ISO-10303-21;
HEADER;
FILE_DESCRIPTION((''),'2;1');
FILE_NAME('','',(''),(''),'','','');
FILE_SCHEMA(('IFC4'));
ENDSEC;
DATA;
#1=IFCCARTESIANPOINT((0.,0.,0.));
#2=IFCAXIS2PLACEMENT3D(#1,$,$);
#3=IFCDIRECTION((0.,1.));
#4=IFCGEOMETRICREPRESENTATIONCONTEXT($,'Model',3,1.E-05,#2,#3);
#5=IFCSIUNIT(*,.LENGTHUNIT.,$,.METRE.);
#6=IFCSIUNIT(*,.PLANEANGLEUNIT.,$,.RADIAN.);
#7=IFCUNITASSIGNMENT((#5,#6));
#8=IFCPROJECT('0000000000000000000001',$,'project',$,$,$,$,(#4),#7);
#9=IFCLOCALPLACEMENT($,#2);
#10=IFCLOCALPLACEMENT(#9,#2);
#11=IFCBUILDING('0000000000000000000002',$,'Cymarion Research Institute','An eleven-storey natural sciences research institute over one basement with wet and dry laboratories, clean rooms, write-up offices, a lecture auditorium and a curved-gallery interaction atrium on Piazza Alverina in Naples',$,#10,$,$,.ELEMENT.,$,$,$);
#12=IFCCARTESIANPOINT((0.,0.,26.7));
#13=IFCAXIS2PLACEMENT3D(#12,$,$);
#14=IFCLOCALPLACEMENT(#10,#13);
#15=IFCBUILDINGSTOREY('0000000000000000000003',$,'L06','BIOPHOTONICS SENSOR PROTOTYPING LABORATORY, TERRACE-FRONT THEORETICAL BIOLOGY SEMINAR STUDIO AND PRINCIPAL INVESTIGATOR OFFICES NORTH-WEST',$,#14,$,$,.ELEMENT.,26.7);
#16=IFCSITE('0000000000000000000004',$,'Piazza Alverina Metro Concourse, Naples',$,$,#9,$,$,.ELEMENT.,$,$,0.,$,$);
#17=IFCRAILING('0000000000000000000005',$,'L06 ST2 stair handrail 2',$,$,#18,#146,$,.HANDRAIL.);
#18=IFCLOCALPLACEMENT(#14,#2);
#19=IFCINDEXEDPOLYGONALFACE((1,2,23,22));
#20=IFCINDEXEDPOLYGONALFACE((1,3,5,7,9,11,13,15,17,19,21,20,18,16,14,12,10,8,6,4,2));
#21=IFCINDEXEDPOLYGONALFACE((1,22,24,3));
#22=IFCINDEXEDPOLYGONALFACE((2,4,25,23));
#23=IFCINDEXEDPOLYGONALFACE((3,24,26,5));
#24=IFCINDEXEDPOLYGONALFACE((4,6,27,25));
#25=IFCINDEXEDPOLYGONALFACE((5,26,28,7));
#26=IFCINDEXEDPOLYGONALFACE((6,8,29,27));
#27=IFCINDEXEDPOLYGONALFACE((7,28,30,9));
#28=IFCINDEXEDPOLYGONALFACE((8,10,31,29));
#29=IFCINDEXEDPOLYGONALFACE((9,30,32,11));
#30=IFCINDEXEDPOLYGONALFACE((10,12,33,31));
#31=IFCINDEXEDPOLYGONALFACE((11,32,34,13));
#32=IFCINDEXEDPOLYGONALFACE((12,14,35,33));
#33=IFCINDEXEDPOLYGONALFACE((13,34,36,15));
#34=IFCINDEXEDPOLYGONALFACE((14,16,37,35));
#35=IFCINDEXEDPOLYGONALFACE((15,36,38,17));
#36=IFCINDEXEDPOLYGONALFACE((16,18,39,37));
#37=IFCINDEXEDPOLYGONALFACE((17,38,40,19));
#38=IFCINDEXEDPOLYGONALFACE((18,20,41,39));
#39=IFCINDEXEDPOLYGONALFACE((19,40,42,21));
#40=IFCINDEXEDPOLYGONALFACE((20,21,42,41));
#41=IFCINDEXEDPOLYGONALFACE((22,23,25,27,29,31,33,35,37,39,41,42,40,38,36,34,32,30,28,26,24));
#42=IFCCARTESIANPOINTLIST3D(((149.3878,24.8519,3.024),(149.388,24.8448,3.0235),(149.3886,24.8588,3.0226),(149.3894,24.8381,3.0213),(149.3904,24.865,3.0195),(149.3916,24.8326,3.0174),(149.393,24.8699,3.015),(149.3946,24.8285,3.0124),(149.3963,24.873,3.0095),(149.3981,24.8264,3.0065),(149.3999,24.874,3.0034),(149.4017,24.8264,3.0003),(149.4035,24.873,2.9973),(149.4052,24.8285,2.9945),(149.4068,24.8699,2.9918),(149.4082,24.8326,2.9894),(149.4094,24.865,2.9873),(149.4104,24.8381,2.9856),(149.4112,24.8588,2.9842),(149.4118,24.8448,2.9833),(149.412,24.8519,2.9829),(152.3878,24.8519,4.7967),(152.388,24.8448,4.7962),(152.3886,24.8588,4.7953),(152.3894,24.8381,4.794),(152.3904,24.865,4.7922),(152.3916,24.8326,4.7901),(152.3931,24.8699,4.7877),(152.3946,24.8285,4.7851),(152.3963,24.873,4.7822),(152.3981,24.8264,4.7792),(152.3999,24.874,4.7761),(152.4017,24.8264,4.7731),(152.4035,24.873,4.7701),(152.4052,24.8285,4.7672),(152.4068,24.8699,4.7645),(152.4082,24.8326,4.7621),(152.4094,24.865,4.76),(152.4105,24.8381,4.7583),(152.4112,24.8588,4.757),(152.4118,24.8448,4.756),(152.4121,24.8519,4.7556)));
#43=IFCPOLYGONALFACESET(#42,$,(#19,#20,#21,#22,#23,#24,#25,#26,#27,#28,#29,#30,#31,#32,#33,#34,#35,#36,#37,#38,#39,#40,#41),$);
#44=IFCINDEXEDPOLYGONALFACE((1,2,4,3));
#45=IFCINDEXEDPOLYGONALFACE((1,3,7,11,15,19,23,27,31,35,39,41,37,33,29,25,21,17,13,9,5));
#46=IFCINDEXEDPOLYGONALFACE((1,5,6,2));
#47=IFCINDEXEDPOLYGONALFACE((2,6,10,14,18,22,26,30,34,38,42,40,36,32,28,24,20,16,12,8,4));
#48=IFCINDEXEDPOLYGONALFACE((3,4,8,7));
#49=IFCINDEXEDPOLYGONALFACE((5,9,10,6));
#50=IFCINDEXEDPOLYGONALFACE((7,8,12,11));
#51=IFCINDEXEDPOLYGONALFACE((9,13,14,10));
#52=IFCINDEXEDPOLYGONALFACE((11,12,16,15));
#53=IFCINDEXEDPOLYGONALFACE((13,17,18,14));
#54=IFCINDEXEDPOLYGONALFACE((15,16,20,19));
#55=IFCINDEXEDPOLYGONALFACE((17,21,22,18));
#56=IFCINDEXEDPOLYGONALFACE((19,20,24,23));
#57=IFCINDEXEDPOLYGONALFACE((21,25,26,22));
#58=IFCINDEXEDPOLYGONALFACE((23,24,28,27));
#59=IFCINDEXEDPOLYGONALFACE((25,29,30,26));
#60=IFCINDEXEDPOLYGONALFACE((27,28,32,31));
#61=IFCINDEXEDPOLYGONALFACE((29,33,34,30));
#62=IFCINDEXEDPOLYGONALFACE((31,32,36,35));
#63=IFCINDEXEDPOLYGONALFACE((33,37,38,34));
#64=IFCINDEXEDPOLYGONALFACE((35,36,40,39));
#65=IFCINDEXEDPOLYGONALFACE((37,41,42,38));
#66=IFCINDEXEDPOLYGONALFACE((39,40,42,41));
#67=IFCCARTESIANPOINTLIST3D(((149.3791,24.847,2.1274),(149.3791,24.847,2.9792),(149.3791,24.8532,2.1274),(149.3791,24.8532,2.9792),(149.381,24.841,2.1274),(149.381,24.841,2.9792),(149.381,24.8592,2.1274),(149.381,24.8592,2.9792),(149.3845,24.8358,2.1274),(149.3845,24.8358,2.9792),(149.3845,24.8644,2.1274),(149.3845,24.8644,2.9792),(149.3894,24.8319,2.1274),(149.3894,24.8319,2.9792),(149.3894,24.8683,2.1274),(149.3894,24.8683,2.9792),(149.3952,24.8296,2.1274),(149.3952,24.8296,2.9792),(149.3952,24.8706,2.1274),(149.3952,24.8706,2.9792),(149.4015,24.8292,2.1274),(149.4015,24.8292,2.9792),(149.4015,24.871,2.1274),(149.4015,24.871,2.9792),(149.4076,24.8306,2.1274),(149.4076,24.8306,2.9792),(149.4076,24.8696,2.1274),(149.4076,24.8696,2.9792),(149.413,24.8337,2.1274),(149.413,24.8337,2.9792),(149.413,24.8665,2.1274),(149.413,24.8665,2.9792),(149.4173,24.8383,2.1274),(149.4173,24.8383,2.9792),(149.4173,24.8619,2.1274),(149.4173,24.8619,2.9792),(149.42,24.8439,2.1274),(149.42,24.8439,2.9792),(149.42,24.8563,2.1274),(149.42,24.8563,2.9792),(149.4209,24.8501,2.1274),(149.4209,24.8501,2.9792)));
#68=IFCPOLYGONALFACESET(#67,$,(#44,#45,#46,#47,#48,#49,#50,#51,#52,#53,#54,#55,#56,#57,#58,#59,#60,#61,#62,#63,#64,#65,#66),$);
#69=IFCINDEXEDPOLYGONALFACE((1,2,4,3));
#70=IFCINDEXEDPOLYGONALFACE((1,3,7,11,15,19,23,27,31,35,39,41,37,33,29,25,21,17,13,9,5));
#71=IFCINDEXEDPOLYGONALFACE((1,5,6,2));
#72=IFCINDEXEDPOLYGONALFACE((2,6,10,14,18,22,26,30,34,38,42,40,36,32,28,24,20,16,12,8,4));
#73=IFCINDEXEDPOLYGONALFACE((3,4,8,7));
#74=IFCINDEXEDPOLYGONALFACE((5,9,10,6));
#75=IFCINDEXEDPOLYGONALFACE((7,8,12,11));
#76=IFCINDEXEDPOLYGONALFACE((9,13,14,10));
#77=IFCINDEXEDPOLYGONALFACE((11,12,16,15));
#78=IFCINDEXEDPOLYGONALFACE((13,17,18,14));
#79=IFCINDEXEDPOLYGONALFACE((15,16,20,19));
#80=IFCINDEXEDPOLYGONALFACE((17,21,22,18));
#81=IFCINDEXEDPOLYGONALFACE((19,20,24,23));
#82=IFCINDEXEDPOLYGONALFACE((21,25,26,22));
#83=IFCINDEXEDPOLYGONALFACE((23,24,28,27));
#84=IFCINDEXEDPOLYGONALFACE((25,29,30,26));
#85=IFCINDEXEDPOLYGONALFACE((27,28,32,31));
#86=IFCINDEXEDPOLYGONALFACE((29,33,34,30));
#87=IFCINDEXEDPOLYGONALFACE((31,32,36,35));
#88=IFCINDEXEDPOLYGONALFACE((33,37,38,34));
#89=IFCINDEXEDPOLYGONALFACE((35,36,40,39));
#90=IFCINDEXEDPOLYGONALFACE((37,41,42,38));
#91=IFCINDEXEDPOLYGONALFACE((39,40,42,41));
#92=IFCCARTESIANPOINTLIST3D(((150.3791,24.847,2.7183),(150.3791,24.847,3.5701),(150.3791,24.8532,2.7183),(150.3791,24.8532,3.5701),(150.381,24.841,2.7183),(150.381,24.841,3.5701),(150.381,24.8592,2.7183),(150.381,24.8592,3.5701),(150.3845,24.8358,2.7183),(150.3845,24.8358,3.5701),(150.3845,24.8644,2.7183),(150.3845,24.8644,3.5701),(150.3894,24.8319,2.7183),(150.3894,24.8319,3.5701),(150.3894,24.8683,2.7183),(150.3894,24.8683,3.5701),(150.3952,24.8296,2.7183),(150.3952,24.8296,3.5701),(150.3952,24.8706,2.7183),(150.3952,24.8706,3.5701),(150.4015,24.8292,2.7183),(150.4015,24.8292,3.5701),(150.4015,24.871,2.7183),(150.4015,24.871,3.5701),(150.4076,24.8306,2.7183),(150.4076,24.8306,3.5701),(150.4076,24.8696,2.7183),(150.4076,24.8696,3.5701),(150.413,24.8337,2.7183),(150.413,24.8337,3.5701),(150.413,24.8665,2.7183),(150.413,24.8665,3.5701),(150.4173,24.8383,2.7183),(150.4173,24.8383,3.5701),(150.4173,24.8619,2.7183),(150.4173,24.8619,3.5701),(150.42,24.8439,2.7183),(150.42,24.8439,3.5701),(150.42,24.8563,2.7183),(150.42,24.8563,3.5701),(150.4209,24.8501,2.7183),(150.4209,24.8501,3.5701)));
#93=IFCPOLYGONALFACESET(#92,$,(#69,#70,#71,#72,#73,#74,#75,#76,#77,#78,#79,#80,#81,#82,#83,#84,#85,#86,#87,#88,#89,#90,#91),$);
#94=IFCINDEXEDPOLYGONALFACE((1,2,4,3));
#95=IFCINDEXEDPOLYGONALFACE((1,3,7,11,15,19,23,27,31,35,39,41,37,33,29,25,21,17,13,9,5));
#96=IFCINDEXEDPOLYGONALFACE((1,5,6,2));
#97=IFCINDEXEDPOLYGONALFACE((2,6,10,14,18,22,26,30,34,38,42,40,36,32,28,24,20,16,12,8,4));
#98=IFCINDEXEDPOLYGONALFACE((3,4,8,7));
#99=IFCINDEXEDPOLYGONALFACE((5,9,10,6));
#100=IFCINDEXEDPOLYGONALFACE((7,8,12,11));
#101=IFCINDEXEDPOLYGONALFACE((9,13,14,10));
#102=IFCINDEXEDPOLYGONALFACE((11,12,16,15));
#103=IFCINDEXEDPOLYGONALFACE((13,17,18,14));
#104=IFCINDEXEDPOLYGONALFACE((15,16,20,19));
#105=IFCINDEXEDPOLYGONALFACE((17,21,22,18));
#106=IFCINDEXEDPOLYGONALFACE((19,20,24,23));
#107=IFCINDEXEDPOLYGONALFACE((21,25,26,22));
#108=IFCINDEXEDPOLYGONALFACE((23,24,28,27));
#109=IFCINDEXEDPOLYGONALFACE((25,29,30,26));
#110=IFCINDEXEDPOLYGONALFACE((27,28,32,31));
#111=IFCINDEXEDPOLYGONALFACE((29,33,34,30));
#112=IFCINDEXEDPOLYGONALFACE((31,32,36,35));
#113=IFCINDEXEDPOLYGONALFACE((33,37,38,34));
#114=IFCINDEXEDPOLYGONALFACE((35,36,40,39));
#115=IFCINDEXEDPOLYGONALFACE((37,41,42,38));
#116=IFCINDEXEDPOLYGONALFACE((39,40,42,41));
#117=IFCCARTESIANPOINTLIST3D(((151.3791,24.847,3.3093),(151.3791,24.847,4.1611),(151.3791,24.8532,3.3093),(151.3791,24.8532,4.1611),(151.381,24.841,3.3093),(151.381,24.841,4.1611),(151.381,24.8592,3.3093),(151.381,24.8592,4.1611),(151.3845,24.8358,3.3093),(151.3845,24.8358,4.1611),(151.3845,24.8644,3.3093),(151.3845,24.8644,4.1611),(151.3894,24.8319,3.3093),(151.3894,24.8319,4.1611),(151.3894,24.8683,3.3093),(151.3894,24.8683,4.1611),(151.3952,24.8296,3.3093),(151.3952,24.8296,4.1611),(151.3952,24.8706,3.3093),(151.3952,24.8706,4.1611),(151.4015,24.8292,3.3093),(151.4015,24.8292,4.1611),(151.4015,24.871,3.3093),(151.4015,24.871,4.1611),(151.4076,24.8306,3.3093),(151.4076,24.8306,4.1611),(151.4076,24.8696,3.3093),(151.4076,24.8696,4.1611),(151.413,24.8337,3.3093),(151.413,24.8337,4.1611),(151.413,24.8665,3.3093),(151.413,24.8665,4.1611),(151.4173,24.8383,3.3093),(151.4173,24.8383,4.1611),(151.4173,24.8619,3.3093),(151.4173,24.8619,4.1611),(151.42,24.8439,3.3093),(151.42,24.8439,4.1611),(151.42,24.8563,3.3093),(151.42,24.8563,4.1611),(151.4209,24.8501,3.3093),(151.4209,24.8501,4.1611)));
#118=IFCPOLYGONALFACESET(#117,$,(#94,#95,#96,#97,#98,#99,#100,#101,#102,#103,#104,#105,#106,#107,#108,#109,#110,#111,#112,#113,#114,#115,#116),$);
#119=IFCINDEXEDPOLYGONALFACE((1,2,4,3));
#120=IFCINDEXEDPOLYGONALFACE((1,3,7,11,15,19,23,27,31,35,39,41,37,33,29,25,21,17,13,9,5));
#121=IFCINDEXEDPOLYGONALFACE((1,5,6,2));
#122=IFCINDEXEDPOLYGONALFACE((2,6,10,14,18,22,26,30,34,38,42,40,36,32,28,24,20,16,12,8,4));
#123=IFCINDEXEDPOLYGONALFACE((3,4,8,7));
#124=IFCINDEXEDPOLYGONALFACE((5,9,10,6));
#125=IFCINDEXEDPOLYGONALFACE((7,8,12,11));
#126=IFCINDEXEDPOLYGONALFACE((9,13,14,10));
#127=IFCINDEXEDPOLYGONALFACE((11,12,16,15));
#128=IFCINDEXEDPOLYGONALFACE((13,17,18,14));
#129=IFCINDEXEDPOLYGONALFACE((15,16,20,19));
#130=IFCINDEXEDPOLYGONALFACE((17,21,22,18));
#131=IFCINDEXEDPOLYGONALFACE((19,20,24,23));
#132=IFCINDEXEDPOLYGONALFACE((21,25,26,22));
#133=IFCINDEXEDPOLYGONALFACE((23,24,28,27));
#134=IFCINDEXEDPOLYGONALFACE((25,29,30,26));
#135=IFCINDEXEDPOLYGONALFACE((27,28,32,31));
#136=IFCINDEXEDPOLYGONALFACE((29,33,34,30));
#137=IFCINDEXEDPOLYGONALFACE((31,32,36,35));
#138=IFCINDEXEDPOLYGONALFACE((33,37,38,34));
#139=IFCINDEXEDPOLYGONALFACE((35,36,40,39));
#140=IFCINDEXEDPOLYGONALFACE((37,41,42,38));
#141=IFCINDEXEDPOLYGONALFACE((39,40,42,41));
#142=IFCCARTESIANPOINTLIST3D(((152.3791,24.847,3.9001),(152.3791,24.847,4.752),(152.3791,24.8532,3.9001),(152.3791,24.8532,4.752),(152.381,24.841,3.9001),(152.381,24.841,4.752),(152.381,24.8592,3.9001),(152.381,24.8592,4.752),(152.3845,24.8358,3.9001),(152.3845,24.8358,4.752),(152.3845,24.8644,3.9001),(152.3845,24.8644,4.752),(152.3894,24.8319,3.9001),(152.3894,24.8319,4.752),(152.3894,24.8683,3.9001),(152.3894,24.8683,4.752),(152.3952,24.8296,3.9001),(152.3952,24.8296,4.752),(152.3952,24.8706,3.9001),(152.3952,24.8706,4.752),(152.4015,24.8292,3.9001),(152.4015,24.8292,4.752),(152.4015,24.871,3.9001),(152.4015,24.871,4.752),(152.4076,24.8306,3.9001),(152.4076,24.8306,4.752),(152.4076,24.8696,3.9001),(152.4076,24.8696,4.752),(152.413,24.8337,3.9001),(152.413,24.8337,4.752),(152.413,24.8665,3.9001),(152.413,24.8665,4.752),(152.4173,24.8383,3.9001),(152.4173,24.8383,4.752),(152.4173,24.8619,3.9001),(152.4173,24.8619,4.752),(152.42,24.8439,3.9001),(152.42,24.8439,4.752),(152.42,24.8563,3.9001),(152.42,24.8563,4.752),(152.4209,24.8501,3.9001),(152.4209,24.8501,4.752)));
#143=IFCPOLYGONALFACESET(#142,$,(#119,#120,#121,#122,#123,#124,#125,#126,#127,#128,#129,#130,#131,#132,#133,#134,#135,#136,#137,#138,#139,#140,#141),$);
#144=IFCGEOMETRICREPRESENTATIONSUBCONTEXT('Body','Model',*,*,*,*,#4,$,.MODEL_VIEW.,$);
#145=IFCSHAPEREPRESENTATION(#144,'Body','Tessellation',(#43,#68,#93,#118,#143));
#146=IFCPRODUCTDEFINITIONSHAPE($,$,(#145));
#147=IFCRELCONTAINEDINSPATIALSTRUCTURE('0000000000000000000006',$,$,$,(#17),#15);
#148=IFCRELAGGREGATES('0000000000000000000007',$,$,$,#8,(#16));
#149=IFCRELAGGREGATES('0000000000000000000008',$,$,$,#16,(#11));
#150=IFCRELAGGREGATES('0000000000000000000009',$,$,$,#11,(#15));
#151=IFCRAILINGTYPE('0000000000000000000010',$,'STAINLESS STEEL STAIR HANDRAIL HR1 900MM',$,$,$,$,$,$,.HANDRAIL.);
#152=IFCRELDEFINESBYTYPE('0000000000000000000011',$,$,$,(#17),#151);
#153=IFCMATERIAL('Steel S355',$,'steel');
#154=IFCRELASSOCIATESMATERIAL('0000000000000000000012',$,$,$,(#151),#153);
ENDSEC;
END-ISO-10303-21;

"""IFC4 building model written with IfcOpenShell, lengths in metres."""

from ifc_helpers import new_model, si_unit, direction, frame, origin, origin_2d, place, context, subcontext, project, spatial, circle, extrude, material, type_object, element, save


model = new_model("IFC4")

# Units and contexts
model_context = context("Model", 3, precision=1e-05, world=origin(), true_north=direction((0.0, 1.0)))
body_context = subcontext(model_context, "Body", "Model", "MODEL_VIEW")
ifc_project = project(units=[si_unit("LENGTHUNIT", "METRE"), si_unit("PLANEANGLEUNIT", "RADIAN")], contexts=[model_context])

# Site, building, storey
site_placement = place(None, origin())
site = spatial("IfcSite", under=ifc_project, at=site_placement, Name="Piazza Alverina Metro Concourse, Naples", CompositionType="ELEMENT", RefElevation=0.0)
building_placement = place(site_placement, origin())
building = spatial("IfcBuilding", under=site, at=building_placement, Name="Cymarion Research Institute", Description="An eleven-storey natural sciences research institute over one basement with wet and dry laboratories, clean rooms, write-up offices, a lecture auditorium and a curved-gallery interaction atrium on Piazza Alverina in Naples", CompositionType="ELEMENT")
storey_placement = place(building_placement, frame((0.0, 0.0, 26.7)))
storey = spatial("IfcBuildingStorey", under=building, at=storey_placement, Name="L06", Description="BIOPHOTONICS SENSOR PROTOTYPING LABORATORY, TERRACE-FRONT THEORETICAL BIOLOGY SEMINAR STUDIO AND PRINCIPAL INVESTIGATOR OFFICES NORTH-WEST", CompositionType="ELEMENT", Elevation=26.7)

# Shared definitions
ifc_material_1 = material(Name="Steel S355", Category="steel")

# Railing
railing_type = type_object("IfcRailingType", Name="STAINLESS STEEL STAIR HANDRAIL HR1 900MM", PredefinedType="HANDRAIL", material=ifc_material_1)
railing_placement = place(storey_placement, frame((149.3999, 24.8501, 2.1274)))
element("IfcRailing", 1, at=railing_placement, inside=storey, type_object=railing_type, Name="L06 ST2 stair handrail 2", PredefinedType="HANDRAIL", context=body_context, shape_type="SweptSolid", body=[
    extrude(circle(Radius=0.0239, at=origin_2d()), frame((0.0, 0.0, 0.876), z_axis=(0.860929, 0.0, 0.508725), x_axis=(0.0, 1.0, 0.0)), (0.0, 0.0, 1.0), 3.4846),
    extrude(circle(Radius=0.021, at=origin_2d()), origin(), (0.0, 0.0, 1.0), 0.8518),
    extrude(circle(Radius=0.021, at=origin_2d()), frame((1.0, 0.0, 0.5908)), (0.0, 0.0, 1.0), 0.8518),
    extrude(circle(Radius=0.021, at=origin_2d()), frame((2.0, 0.0, 1.1819)), (0.0, 0.0, 1.0), 0.8518),
    extrude(circle(Radius=0.021, at=origin_2d()), frame((3.0, 0.0, 1.7727)), (0.0, 0.0, 1.0), 0.8518),
])

save(model, "model.ifc")
